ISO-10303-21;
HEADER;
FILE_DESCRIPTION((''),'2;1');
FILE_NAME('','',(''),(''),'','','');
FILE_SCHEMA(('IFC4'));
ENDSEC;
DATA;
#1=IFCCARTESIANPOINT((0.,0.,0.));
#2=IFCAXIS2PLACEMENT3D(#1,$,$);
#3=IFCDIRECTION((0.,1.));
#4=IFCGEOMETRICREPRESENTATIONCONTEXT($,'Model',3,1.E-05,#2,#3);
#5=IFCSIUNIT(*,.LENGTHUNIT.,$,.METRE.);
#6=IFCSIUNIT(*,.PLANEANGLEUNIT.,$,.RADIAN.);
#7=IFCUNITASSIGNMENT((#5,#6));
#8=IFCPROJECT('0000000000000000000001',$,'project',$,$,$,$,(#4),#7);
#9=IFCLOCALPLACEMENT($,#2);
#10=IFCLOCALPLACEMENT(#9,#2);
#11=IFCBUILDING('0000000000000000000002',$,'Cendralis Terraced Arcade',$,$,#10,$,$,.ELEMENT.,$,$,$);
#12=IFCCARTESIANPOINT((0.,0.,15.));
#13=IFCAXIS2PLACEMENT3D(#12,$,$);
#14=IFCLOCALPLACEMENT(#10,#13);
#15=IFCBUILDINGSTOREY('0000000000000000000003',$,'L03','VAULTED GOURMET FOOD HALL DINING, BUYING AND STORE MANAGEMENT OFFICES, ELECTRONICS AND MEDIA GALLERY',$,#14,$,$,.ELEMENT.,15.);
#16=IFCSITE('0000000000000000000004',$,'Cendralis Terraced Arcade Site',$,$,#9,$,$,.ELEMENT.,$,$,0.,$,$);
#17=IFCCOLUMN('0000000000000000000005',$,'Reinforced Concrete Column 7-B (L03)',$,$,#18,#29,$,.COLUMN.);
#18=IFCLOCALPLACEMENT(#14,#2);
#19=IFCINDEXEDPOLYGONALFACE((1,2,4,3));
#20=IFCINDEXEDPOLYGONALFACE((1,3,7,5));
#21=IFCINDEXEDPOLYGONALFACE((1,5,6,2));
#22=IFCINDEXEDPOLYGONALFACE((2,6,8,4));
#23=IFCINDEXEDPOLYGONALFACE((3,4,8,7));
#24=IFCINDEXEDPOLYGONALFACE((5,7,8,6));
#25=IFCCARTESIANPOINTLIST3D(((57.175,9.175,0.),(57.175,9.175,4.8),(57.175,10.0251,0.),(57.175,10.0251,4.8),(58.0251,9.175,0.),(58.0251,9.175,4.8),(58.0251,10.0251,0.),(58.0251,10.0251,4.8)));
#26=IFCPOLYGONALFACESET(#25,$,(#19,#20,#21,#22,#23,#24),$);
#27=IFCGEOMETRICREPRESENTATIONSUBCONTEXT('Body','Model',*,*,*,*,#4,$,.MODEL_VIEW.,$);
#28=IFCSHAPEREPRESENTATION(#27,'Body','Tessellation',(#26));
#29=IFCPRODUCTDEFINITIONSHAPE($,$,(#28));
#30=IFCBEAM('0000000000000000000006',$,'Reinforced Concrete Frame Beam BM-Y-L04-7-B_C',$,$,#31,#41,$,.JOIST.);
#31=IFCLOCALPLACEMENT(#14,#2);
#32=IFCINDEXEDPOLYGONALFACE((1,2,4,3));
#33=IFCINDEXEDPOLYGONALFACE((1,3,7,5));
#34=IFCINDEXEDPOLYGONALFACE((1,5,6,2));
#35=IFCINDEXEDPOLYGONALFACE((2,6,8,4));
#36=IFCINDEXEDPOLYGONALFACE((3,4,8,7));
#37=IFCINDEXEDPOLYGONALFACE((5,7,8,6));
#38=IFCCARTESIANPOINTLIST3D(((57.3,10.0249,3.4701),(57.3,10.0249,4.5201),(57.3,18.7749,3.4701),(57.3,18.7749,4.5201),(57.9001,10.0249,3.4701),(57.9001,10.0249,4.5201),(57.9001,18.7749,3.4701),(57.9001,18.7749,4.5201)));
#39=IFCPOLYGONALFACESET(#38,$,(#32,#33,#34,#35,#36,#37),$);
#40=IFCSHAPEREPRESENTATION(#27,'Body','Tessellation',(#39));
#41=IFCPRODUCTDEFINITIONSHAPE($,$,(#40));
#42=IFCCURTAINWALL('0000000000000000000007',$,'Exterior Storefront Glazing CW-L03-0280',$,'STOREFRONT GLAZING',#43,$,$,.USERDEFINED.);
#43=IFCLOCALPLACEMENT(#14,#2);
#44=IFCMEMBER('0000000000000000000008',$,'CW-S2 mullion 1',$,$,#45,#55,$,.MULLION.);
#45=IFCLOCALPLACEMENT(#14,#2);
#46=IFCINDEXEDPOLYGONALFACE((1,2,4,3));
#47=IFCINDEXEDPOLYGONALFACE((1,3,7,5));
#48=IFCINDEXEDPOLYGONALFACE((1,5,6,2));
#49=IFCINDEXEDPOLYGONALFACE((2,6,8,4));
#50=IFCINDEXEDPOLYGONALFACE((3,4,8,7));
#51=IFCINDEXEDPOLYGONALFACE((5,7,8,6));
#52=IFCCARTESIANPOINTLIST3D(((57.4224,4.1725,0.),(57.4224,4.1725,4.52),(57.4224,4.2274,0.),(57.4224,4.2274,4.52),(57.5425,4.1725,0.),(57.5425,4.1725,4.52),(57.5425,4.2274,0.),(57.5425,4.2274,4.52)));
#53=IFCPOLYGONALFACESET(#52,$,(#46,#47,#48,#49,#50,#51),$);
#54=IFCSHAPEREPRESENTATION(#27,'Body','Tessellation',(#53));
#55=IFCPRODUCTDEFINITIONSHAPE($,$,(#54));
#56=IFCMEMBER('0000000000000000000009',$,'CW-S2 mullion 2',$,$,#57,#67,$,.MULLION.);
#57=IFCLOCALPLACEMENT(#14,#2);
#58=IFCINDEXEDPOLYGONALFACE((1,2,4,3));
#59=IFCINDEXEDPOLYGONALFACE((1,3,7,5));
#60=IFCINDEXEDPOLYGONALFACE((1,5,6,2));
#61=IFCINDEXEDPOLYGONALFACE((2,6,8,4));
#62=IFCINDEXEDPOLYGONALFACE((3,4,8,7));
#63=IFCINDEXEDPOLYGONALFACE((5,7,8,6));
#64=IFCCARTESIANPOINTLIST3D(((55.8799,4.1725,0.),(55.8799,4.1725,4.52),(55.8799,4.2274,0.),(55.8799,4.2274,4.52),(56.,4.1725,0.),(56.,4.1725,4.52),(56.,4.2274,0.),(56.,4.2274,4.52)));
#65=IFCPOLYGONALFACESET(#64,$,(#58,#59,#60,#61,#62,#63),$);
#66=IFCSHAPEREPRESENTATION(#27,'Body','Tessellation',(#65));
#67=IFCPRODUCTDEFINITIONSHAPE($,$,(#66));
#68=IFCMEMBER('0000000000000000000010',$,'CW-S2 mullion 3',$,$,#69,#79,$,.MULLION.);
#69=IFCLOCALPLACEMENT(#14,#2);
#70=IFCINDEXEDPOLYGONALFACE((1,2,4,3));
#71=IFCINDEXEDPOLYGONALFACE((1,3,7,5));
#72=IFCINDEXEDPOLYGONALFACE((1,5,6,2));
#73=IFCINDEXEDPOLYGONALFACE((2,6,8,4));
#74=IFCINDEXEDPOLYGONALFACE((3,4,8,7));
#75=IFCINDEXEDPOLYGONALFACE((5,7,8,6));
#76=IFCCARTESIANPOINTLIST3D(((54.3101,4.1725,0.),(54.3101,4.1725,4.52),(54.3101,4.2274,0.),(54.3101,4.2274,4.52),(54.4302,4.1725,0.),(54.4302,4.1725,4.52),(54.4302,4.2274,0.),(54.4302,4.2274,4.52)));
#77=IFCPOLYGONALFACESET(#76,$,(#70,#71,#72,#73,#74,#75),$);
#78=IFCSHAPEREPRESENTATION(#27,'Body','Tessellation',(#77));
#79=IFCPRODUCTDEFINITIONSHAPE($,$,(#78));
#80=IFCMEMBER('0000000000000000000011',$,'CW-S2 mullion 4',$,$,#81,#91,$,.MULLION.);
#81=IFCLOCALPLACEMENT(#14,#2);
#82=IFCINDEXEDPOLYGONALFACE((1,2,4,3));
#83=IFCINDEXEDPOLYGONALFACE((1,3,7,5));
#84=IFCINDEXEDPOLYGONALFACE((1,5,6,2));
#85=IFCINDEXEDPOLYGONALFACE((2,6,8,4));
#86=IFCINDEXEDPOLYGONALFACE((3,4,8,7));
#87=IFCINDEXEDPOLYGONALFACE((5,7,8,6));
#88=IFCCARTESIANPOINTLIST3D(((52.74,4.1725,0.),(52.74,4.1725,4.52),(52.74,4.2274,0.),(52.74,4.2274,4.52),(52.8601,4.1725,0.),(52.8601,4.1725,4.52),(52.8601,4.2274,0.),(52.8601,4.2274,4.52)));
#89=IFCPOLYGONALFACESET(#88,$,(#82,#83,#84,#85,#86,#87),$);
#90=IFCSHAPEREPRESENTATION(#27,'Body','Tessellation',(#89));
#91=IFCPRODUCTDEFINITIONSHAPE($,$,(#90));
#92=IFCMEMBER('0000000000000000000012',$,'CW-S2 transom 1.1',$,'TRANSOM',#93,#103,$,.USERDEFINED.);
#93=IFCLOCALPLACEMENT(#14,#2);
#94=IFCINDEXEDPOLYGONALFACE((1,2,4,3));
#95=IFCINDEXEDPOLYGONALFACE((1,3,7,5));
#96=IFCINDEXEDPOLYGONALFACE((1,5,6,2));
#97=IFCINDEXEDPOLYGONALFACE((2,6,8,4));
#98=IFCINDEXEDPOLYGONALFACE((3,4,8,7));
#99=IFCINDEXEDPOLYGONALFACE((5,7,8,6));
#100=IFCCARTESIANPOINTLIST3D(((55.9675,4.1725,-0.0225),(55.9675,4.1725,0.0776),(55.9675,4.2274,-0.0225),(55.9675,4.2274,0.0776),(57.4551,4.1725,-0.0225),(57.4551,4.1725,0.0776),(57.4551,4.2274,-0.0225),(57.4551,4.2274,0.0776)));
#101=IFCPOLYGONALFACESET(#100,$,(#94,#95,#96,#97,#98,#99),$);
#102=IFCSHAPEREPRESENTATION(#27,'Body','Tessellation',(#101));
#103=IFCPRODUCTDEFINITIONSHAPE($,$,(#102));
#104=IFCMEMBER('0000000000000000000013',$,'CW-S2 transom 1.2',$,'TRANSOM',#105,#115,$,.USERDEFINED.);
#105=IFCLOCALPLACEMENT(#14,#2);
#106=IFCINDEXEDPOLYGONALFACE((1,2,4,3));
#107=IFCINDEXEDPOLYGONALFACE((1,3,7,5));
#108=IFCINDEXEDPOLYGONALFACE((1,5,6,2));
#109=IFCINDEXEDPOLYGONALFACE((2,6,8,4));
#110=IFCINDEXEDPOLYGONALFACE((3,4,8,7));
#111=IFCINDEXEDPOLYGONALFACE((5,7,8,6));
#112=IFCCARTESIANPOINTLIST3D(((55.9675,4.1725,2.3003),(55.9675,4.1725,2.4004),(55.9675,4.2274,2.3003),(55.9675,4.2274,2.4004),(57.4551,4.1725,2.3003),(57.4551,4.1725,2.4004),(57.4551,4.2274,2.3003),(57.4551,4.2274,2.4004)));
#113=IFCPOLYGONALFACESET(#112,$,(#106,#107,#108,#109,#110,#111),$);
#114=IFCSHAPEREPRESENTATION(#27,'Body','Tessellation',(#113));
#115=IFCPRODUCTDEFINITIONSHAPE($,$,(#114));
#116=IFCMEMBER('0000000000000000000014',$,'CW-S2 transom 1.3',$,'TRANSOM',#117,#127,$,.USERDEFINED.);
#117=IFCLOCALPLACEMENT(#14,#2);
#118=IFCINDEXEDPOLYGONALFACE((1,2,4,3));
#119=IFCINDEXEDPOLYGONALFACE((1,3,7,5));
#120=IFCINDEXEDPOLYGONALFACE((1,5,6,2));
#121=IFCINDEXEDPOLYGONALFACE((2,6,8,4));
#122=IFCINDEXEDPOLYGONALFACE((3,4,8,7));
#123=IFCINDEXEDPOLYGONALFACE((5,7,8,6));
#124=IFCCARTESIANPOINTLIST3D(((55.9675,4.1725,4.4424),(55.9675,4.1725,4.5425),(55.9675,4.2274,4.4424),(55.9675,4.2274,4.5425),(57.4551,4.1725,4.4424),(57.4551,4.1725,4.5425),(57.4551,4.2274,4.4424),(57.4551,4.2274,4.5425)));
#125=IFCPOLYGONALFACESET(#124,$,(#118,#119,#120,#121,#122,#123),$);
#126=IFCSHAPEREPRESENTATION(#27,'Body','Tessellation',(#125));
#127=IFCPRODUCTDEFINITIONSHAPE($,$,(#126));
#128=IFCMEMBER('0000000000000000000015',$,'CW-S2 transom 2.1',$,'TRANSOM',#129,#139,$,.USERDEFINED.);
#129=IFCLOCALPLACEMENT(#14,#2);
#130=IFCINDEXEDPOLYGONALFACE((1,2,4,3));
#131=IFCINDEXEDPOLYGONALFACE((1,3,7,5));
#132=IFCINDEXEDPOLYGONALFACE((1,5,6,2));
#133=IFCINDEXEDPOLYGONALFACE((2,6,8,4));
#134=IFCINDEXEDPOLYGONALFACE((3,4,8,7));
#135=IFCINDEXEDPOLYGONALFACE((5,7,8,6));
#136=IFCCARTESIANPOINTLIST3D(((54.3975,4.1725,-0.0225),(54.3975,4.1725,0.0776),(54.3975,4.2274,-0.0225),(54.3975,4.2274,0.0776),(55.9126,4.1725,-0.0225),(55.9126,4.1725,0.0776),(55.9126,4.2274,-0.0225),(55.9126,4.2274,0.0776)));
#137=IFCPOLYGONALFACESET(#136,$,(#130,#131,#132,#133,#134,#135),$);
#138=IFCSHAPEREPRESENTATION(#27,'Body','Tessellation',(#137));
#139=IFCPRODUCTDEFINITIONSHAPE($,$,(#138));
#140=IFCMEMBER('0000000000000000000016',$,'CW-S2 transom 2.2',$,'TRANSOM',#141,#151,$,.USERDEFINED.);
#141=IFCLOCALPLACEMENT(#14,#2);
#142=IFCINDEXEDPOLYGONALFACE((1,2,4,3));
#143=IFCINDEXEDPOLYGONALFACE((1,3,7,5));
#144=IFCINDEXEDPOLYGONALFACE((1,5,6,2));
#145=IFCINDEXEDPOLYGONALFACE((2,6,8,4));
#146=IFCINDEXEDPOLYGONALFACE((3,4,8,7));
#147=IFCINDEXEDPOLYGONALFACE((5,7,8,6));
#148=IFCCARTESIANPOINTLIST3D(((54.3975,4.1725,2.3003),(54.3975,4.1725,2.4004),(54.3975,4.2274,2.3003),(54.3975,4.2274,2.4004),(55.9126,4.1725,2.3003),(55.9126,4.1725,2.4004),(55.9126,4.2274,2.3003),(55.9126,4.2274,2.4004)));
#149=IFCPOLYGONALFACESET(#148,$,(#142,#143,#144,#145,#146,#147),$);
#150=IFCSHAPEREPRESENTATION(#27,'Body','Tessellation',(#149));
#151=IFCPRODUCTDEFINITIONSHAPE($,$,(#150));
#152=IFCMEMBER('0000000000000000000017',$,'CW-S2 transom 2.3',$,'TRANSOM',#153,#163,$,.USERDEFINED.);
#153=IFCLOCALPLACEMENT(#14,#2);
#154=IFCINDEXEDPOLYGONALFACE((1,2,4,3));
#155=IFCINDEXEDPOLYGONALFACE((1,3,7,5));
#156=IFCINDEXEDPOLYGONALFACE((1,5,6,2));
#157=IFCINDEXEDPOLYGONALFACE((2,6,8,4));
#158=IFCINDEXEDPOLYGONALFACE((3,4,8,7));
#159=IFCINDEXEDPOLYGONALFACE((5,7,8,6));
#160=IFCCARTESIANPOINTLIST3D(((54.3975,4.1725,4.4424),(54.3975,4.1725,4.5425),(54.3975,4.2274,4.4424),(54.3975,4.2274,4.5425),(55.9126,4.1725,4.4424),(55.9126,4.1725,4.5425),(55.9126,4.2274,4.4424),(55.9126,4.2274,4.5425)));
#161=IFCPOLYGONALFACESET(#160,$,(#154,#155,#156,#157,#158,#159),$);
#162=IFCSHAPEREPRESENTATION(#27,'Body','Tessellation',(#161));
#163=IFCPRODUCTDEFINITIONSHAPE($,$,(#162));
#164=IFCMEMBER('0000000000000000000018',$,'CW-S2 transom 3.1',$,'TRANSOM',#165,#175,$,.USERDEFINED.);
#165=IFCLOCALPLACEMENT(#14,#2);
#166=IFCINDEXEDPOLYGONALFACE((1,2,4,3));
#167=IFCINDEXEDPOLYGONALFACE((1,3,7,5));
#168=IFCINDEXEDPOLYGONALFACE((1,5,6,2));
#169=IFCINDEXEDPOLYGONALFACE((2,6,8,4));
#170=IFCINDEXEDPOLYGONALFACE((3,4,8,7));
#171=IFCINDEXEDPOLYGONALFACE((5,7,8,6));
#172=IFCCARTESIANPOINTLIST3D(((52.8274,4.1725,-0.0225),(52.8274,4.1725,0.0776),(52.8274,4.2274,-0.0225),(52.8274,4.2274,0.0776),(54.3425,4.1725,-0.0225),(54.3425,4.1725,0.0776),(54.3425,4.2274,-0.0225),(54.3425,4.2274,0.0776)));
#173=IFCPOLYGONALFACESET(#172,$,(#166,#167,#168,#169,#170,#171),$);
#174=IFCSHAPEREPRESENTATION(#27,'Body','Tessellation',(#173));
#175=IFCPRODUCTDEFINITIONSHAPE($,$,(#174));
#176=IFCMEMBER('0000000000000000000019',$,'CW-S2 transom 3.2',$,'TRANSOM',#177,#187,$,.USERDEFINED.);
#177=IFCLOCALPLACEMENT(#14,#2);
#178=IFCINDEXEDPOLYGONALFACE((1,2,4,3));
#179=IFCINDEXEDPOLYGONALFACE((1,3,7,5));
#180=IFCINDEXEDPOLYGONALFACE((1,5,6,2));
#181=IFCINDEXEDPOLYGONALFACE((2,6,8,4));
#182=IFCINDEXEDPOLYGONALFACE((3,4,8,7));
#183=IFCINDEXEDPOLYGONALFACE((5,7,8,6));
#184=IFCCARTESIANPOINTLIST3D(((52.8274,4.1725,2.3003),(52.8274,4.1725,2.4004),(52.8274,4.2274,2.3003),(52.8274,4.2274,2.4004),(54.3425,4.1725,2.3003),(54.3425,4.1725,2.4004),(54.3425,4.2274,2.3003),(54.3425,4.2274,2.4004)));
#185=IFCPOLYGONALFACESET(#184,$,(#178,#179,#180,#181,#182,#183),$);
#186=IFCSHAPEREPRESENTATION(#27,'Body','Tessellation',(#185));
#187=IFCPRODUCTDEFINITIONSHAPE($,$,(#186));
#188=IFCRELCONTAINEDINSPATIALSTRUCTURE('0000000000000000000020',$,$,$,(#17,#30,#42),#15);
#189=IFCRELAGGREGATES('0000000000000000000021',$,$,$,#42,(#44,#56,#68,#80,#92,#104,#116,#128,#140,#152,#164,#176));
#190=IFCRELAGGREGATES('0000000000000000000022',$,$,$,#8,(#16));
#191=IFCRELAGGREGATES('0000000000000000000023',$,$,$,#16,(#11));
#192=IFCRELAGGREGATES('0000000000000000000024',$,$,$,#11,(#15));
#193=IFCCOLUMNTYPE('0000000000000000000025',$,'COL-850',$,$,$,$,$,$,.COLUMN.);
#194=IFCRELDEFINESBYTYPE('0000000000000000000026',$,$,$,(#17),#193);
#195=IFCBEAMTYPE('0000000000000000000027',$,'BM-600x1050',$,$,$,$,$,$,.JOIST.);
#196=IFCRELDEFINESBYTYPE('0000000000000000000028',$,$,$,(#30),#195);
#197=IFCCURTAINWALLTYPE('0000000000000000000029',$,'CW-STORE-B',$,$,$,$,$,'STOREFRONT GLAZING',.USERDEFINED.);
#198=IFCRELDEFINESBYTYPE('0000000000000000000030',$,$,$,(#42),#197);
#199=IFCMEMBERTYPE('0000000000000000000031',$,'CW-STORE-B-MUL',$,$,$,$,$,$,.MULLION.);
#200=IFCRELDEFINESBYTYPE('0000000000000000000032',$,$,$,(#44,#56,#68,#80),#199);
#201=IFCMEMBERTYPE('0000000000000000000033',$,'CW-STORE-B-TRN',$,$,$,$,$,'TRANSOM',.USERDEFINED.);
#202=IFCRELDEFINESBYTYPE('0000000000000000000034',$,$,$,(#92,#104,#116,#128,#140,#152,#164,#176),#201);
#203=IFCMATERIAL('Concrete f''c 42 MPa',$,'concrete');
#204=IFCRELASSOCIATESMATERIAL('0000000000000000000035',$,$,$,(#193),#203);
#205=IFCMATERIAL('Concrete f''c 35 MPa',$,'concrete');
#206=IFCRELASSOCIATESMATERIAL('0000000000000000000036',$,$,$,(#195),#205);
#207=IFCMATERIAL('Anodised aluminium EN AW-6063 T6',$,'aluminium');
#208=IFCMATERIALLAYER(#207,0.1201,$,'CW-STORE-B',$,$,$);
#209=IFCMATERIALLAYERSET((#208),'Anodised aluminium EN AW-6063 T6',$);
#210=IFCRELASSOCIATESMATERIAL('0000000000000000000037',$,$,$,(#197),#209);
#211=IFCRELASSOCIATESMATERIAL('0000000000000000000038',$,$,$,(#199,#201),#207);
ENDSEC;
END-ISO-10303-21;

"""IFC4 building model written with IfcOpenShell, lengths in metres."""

from ifc_helpers import new_model, si_unit, direction, frame, origin, origin_2d, place, context, subcontext, project, spatial, rectangle, extrude, material, layer, layer_set, material_profile, profile_set, type_object, element, aggregate, save


model = new_model("IFC4")

# Units and contexts
model_context = context("Model", 3, precision=1e-05, world=origin(), true_north=direction((0.0, 1.0)))
body_context = subcontext(model_context, "Body", "Model", "MODEL_VIEW")
ifc_project = project(units=[si_unit("LENGTHUNIT", "METRE"), si_unit("PLANEANGLEUNIT", "RADIAN")], contexts=[model_context])

# Site, building, storey
site_placement = place(None, origin())
site = spatial("IfcSite", under=ifc_project, at=site_placement, Name="Cendralis Terraced Arcade Site", CompositionType="ELEMENT", RefElevation=0.0)
building_placement = place(site_placement, origin())
building = spatial("IfcBuilding", under=site, at=building_placement, Name="Cendralis Terraced Arcade", CompositionType="ELEMENT")
storey_placement = place(building_placement, frame((0.0, 0.0, 15.0)))
storey = spatial("IfcBuildingStorey", under=building, at=storey_placement, Name="L03", Description="VAULTED GOURMET FOOD HALL DINING, BUYING AND STORE MANAGEMENT OFFICES, ELECTRONICS AND MEDIA GALLERY", CompositionType="ELEMENT", Elevation=15.0)

# Column
ifc_material_1 = material(Name="Concrete f'c 42 MPa", Category="concrete")
ifc_material_profile_1 = material_profile(ifc_material_1, rectangle(XDim=0.8501, YDim=0.8501, at=origin_2d()), Name="RC-COL-850x850", Category="LoadBearing")
ifc_profile_set_1 = profile_set([ifc_material_profile_1], Name="Concrete f'c 42 MPa")
column_type = type_object("IfcColumnType", Name="COL-850", PredefinedType="COLUMN", material=ifc_profile_set_1)
column_placement = place(storey_placement, frame((57.6001, 9.6001, 0.0), z_axis=(0.0, 0.0, 1.0), x_axis=(1.0, 0.0, 0.0)))
element("IfcColumn", 1, at=column_placement, inside=storey, type_object=column_type, Name="Reinforced Concrete Column 7-B (L03)", PredefinedType="COLUMN", context=body_context, shape_type="SweptSolid", body=[
    extrude(rectangle(XDim=0.8501, YDim=0.8501, at=origin_2d()), origin(), (0.0, 0.0, 1.0), 4.8),
])

# Beam
ifc_material_2 = material(Name="Concrete f'c 35 MPa", Category="concrete")
ifc_material_profile_2 = material_profile(ifc_material_2, rectangle(XDim=0.6001, YDim=1.05, at=origin_2d()), Name="RC-BM-600x1050", Category="LoadBearing")
ifc_profile_set_2 = profile_set([ifc_material_profile_2], Name="Concrete f'c 35 MPa")
beam_type = type_object("IfcBeamType", Name="BM-600x1050", PredefinedType="JOIST", material=ifc_profile_set_2)
beam_placement = place(storey_placement, frame((57.6001, 10.0249, 3.9951), z_axis=(0.0, 1.0, 0.0), x_axis=(-1.0, 0.0, 0.0)))
element("IfcBeam", 2, at=beam_placement, inside=storey, type_object=beam_type, Name="Reinforced Concrete Frame Beam BM-Y-L04-7-B_C", PredefinedType="JOIST", context=body_context, shape_type="SweptSolid", body=[
    extrude(rectangle(XDim=0.6001, YDim=1.05, at=origin_2d()), origin(), (0.0, 0.0, 1.0), 8.75),
])

# Curtain wall, members
ifc_material_3 = material(Name="Anodised aluminium EN AW-6063 T6", Category="aluminium")
ifc_layer_1 = layer(ifc_material_3, 0.1201, Name="CW-STORE-B")
ifc_layer_set_1 = layer_set([ifc_layer_1], Name="Anodised aluminium EN AW-6063 T6")
curtain_wall_type = type_object("IfcCurtainWallType", Name="CW-STORE-B", ElementType="STOREFRONT GLAZING", PredefinedType="USERDEFINED", material=ifc_layer_set_1)
curtain_wall_placement = place(storey_placement, origin())
curtain_wall = element("IfcCurtainWall", 3, at=curtain_wall_placement, inside=storey, type_object=curtain_wall_type, Name="Exterior Storefront Glazing CW-L03-0280", ObjectType="STOREFRONT GLAZING", PredefinedType="USERDEFINED")
ifc_material_profile_3 = material_profile(ifc_material_3, rectangle(XDim=0.0549, YDim=0.1201, at=origin_2d()), Name="ALU-MUL-55x120")
ifc_profile_set_3 = profile_set([ifc_material_profile_3], Name="Anodised aluminium EN AW-6063 T6")
member_type_1 = type_object("IfcMemberType", Name="CW-STORE-B-MUL", PredefinedType="MULLION", material=ifc_profile_set_3)
member_1_placement = place(storey_placement, frame((57.4824, 4.2, 0.0), z_axis=(0.0, 0.0, 1.0), x_axis=(0.0, -1.0, 0.0)))
member_1 = element("IfcMember", 4, at=member_1_placement, type_object=member_type_1, Name="CW-S2 mullion 1", PredefinedType="MULLION", context=body_context, shape_type="SweptSolid", body=[
    extrude(rectangle(XDim=0.0549, YDim=0.1201, at=origin_2d()), origin(), (0.0, 0.0, 1.0), 4.52),
])
member_2_placement = place(storey_placement, frame((55.9399, 4.2, 0.0), z_axis=(0.0, 0.0, 1.0), x_axis=(0.0, -1.0, 0.0)))
member_2 = element("IfcMember", 5, at=member_2_placement, type_object=member_type_1, Name="CW-S2 mullion 2", PredefinedType="MULLION", context=body_context, shape_type="SweptSolid", body=[
    extrude(rectangle(XDim=0.0549, YDim=0.1201, at=origin_2d()), origin(), (0.0, 0.0, 1.0), 4.52),
])
member_3_placement = place(storey_placement, frame((54.3701, 4.2, 0.0), z_axis=(0.0, 0.0, 1.0), x_axis=(0.0, -1.0, 0.0)))
member_3 = element("IfcMember", 6, at=member_3_placement, type_object=member_type_1, Name="CW-S2 mullion 3", PredefinedType="MULLION", context=body_context, shape_type="SweptSolid", body=[
    extrude(rectangle(XDim=0.0549, YDim=0.1201, at=origin_2d()), origin(), (0.0, 0.0, 1.0), 4.52),
])
member_4_placement = place(storey_placement, frame((52.8, 4.2, 0.0), z_axis=(0.0, 0.0, 1.0), x_axis=(0.0, -1.0, 0.0)))
member_4 = element("IfcMember", 7, at=member_4_placement, type_object=member_type_1, Name="CW-S2 mullion 4", PredefinedType="MULLION", context=body_context, shape_type="SweptSolid", body=[
    extrude(rectangle(XDim=0.0549, YDim=0.1201, at=origin_2d()), origin(), (0.0, 0.0, 1.0), 4.52),
])
ifc_material_profile_4 = material_profile(ifc_material_3, rectangle(XDim=0.0549, YDim=0.1001, at=origin_2d()), Name="ALU-TRN-55x100")
ifc_profile_set_4 = profile_set([ifc_material_profile_4], Name="Anodised aluminium EN AW-6063 T6")
member_type_2 = type_object("IfcMemberType", Name="CW-STORE-B-TRN", ElementType="TRANSOM", PredefinedType="USERDEFINED", material=ifc_profile_set_4)
member_5_placement = place(storey_placement, frame((57.4551, 4.2, 0.0276), z_axis=(-1.0, 0.0, 0.0), x_axis=(0.0, -1.0, 0.0)))
member_5 = element("IfcMember", 8, at=member_5_placement, type_object=member_type_2, Name="CW-S2 transom 1.1", ObjectType="TRANSOM", PredefinedType="USERDEFINED", context=body_context, shape_type="SweptSolid", body=[
    extrude(rectangle(XDim=0.0549, YDim=0.1001, at=origin_2d()), origin(), (0.0, 0.0, 1.0), 1.4875),
])
member_6_placement = place(storey_placement, frame((57.4551, 4.2, 2.3503), z_axis=(-1.0, 0.0, 0.0), x_axis=(0.0, -1.0, 0.0)))
member_6 = element("IfcMember", 9, at=member_6_placement, type_object=member_type_2, Name="CW-S2 transom 1.2", ObjectType="TRANSOM", PredefinedType="USERDEFINED", context=body_context, shape_type="SweptSolid", body=[
    extrude(rectangle(XDim=0.0549, YDim=0.1001, at=origin_2d()), origin(), (0.0, 0.0, 1.0), 1.4875),
])
member_7_placement = place(storey_placement, frame((57.4551, 4.2, 4.4924), z_axis=(-1.0, 0.0, 0.0), x_axis=(0.0, -1.0, 0.0)))
member_7 = element("IfcMember", 10, at=member_7_placement, type_object=member_type_2, Name="CW-S2 transom 1.3", ObjectType="TRANSOM", PredefinedType="USERDEFINED", context=body_context, shape_type="SweptSolid", body=[
    extrude(rectangle(XDim=0.0549, YDim=0.1001, at=origin_2d()), origin(), (0.0, 0.0, 1.0), 1.4875),
])
member_8_placement = place(storey_placement, frame((55.9126, 4.2, 0.0276), z_axis=(-1.0, 0.0, 0.0), x_axis=(0.0, -1.0, 0.0)))
member_8 = element("IfcMember", 11, at=member_8_placement, type_object=member_type_2, Name="CW-S2 transom 2.1", ObjectType="TRANSOM", PredefinedType="USERDEFINED", context=body_context, shape_type="SweptSolid", body=[
    extrude(rectangle(XDim=0.0549, YDim=0.1001, at=origin_2d()), origin(), (0.0, 0.0, 1.0), 1.5151),
])
member_9_placement = place(storey_placement, frame((55.9126, 4.2, 2.3503), z_axis=(-1.0, 0.0, 0.0), x_axis=(0.0, -1.0, 0.0)))
member_9 = element("IfcMember", 12, at=member_9_placement, type_object=member_type_2, Name="CW-S2 transom 2.2", ObjectType="TRANSOM", PredefinedType="USERDEFINED", context=body_context, shape_type="SweptSolid", body=[
    extrude(rectangle(XDim=0.0549, YDim=0.1001, at=origin_2d()), origin(), (0.0, 0.0, 1.0), 1.5151),
])
member_10_placement = place(storey_placement, frame((55.9126, 4.2, 4.4924), z_axis=(-1.0, 0.0, 0.0), x_axis=(0.0, -1.0, 0.0)))
member_10 = element("IfcMember", 13, at=member_10_placement, type_object=member_type_2, Name="CW-S2 transom 2.3", ObjectType="TRANSOM", PredefinedType="USERDEFINED", context=body_context, shape_type="SweptSolid", body=[
    extrude(rectangle(XDim=0.0549, YDim=0.1001, at=origin_2d()), origin(), (0.0, 0.0, 1.0), 1.5151),
])
member_11_placement = place(storey_placement, frame((54.3425, 4.2, 0.0276), z_axis=(-1.0, 0.0, 0.0), x_axis=(0.0, -1.0, 0.0)))
member_11 = element("IfcMember", 14, at=member_11_placement, type_object=member_type_2, Name="CW-S2 transom 3.1", ObjectType="TRANSOM", PredefinedType="USERDEFINED", context=body_context, shape_type="SweptSolid", body=[
    extrude(rectangle(XDim=0.0549, YDim=0.1001, at=origin_2d()), origin(), (0.0, 0.0, 1.0), 1.5151),
])
member_12_placement = place(storey_placement, frame((54.3425, 4.2, 2.3503), z_axis=(-1.0, 0.0, 0.0), x_axis=(0.0, -1.0, 0.0)))
member_12 = element("IfcMember", 15, at=member_12_placement, type_object=member_type_2, Name="CW-S2 transom 3.2", ObjectType="TRANSOM", PredefinedType="USERDEFINED", context=body_context, shape_type="SweptSolid", body=[
    extrude(rectangle(XDim=0.0549, YDim=0.1001, at=origin_2d()), origin(), (0.0, 0.0, 1.0), 1.5151),
])
aggregate(curtain_wall, [member_1, member_2, member_3, member_4, member_5, member_6, member_7, member_8, member_9, member_10, member_11, member_12])

save(model, "model.ifc")
